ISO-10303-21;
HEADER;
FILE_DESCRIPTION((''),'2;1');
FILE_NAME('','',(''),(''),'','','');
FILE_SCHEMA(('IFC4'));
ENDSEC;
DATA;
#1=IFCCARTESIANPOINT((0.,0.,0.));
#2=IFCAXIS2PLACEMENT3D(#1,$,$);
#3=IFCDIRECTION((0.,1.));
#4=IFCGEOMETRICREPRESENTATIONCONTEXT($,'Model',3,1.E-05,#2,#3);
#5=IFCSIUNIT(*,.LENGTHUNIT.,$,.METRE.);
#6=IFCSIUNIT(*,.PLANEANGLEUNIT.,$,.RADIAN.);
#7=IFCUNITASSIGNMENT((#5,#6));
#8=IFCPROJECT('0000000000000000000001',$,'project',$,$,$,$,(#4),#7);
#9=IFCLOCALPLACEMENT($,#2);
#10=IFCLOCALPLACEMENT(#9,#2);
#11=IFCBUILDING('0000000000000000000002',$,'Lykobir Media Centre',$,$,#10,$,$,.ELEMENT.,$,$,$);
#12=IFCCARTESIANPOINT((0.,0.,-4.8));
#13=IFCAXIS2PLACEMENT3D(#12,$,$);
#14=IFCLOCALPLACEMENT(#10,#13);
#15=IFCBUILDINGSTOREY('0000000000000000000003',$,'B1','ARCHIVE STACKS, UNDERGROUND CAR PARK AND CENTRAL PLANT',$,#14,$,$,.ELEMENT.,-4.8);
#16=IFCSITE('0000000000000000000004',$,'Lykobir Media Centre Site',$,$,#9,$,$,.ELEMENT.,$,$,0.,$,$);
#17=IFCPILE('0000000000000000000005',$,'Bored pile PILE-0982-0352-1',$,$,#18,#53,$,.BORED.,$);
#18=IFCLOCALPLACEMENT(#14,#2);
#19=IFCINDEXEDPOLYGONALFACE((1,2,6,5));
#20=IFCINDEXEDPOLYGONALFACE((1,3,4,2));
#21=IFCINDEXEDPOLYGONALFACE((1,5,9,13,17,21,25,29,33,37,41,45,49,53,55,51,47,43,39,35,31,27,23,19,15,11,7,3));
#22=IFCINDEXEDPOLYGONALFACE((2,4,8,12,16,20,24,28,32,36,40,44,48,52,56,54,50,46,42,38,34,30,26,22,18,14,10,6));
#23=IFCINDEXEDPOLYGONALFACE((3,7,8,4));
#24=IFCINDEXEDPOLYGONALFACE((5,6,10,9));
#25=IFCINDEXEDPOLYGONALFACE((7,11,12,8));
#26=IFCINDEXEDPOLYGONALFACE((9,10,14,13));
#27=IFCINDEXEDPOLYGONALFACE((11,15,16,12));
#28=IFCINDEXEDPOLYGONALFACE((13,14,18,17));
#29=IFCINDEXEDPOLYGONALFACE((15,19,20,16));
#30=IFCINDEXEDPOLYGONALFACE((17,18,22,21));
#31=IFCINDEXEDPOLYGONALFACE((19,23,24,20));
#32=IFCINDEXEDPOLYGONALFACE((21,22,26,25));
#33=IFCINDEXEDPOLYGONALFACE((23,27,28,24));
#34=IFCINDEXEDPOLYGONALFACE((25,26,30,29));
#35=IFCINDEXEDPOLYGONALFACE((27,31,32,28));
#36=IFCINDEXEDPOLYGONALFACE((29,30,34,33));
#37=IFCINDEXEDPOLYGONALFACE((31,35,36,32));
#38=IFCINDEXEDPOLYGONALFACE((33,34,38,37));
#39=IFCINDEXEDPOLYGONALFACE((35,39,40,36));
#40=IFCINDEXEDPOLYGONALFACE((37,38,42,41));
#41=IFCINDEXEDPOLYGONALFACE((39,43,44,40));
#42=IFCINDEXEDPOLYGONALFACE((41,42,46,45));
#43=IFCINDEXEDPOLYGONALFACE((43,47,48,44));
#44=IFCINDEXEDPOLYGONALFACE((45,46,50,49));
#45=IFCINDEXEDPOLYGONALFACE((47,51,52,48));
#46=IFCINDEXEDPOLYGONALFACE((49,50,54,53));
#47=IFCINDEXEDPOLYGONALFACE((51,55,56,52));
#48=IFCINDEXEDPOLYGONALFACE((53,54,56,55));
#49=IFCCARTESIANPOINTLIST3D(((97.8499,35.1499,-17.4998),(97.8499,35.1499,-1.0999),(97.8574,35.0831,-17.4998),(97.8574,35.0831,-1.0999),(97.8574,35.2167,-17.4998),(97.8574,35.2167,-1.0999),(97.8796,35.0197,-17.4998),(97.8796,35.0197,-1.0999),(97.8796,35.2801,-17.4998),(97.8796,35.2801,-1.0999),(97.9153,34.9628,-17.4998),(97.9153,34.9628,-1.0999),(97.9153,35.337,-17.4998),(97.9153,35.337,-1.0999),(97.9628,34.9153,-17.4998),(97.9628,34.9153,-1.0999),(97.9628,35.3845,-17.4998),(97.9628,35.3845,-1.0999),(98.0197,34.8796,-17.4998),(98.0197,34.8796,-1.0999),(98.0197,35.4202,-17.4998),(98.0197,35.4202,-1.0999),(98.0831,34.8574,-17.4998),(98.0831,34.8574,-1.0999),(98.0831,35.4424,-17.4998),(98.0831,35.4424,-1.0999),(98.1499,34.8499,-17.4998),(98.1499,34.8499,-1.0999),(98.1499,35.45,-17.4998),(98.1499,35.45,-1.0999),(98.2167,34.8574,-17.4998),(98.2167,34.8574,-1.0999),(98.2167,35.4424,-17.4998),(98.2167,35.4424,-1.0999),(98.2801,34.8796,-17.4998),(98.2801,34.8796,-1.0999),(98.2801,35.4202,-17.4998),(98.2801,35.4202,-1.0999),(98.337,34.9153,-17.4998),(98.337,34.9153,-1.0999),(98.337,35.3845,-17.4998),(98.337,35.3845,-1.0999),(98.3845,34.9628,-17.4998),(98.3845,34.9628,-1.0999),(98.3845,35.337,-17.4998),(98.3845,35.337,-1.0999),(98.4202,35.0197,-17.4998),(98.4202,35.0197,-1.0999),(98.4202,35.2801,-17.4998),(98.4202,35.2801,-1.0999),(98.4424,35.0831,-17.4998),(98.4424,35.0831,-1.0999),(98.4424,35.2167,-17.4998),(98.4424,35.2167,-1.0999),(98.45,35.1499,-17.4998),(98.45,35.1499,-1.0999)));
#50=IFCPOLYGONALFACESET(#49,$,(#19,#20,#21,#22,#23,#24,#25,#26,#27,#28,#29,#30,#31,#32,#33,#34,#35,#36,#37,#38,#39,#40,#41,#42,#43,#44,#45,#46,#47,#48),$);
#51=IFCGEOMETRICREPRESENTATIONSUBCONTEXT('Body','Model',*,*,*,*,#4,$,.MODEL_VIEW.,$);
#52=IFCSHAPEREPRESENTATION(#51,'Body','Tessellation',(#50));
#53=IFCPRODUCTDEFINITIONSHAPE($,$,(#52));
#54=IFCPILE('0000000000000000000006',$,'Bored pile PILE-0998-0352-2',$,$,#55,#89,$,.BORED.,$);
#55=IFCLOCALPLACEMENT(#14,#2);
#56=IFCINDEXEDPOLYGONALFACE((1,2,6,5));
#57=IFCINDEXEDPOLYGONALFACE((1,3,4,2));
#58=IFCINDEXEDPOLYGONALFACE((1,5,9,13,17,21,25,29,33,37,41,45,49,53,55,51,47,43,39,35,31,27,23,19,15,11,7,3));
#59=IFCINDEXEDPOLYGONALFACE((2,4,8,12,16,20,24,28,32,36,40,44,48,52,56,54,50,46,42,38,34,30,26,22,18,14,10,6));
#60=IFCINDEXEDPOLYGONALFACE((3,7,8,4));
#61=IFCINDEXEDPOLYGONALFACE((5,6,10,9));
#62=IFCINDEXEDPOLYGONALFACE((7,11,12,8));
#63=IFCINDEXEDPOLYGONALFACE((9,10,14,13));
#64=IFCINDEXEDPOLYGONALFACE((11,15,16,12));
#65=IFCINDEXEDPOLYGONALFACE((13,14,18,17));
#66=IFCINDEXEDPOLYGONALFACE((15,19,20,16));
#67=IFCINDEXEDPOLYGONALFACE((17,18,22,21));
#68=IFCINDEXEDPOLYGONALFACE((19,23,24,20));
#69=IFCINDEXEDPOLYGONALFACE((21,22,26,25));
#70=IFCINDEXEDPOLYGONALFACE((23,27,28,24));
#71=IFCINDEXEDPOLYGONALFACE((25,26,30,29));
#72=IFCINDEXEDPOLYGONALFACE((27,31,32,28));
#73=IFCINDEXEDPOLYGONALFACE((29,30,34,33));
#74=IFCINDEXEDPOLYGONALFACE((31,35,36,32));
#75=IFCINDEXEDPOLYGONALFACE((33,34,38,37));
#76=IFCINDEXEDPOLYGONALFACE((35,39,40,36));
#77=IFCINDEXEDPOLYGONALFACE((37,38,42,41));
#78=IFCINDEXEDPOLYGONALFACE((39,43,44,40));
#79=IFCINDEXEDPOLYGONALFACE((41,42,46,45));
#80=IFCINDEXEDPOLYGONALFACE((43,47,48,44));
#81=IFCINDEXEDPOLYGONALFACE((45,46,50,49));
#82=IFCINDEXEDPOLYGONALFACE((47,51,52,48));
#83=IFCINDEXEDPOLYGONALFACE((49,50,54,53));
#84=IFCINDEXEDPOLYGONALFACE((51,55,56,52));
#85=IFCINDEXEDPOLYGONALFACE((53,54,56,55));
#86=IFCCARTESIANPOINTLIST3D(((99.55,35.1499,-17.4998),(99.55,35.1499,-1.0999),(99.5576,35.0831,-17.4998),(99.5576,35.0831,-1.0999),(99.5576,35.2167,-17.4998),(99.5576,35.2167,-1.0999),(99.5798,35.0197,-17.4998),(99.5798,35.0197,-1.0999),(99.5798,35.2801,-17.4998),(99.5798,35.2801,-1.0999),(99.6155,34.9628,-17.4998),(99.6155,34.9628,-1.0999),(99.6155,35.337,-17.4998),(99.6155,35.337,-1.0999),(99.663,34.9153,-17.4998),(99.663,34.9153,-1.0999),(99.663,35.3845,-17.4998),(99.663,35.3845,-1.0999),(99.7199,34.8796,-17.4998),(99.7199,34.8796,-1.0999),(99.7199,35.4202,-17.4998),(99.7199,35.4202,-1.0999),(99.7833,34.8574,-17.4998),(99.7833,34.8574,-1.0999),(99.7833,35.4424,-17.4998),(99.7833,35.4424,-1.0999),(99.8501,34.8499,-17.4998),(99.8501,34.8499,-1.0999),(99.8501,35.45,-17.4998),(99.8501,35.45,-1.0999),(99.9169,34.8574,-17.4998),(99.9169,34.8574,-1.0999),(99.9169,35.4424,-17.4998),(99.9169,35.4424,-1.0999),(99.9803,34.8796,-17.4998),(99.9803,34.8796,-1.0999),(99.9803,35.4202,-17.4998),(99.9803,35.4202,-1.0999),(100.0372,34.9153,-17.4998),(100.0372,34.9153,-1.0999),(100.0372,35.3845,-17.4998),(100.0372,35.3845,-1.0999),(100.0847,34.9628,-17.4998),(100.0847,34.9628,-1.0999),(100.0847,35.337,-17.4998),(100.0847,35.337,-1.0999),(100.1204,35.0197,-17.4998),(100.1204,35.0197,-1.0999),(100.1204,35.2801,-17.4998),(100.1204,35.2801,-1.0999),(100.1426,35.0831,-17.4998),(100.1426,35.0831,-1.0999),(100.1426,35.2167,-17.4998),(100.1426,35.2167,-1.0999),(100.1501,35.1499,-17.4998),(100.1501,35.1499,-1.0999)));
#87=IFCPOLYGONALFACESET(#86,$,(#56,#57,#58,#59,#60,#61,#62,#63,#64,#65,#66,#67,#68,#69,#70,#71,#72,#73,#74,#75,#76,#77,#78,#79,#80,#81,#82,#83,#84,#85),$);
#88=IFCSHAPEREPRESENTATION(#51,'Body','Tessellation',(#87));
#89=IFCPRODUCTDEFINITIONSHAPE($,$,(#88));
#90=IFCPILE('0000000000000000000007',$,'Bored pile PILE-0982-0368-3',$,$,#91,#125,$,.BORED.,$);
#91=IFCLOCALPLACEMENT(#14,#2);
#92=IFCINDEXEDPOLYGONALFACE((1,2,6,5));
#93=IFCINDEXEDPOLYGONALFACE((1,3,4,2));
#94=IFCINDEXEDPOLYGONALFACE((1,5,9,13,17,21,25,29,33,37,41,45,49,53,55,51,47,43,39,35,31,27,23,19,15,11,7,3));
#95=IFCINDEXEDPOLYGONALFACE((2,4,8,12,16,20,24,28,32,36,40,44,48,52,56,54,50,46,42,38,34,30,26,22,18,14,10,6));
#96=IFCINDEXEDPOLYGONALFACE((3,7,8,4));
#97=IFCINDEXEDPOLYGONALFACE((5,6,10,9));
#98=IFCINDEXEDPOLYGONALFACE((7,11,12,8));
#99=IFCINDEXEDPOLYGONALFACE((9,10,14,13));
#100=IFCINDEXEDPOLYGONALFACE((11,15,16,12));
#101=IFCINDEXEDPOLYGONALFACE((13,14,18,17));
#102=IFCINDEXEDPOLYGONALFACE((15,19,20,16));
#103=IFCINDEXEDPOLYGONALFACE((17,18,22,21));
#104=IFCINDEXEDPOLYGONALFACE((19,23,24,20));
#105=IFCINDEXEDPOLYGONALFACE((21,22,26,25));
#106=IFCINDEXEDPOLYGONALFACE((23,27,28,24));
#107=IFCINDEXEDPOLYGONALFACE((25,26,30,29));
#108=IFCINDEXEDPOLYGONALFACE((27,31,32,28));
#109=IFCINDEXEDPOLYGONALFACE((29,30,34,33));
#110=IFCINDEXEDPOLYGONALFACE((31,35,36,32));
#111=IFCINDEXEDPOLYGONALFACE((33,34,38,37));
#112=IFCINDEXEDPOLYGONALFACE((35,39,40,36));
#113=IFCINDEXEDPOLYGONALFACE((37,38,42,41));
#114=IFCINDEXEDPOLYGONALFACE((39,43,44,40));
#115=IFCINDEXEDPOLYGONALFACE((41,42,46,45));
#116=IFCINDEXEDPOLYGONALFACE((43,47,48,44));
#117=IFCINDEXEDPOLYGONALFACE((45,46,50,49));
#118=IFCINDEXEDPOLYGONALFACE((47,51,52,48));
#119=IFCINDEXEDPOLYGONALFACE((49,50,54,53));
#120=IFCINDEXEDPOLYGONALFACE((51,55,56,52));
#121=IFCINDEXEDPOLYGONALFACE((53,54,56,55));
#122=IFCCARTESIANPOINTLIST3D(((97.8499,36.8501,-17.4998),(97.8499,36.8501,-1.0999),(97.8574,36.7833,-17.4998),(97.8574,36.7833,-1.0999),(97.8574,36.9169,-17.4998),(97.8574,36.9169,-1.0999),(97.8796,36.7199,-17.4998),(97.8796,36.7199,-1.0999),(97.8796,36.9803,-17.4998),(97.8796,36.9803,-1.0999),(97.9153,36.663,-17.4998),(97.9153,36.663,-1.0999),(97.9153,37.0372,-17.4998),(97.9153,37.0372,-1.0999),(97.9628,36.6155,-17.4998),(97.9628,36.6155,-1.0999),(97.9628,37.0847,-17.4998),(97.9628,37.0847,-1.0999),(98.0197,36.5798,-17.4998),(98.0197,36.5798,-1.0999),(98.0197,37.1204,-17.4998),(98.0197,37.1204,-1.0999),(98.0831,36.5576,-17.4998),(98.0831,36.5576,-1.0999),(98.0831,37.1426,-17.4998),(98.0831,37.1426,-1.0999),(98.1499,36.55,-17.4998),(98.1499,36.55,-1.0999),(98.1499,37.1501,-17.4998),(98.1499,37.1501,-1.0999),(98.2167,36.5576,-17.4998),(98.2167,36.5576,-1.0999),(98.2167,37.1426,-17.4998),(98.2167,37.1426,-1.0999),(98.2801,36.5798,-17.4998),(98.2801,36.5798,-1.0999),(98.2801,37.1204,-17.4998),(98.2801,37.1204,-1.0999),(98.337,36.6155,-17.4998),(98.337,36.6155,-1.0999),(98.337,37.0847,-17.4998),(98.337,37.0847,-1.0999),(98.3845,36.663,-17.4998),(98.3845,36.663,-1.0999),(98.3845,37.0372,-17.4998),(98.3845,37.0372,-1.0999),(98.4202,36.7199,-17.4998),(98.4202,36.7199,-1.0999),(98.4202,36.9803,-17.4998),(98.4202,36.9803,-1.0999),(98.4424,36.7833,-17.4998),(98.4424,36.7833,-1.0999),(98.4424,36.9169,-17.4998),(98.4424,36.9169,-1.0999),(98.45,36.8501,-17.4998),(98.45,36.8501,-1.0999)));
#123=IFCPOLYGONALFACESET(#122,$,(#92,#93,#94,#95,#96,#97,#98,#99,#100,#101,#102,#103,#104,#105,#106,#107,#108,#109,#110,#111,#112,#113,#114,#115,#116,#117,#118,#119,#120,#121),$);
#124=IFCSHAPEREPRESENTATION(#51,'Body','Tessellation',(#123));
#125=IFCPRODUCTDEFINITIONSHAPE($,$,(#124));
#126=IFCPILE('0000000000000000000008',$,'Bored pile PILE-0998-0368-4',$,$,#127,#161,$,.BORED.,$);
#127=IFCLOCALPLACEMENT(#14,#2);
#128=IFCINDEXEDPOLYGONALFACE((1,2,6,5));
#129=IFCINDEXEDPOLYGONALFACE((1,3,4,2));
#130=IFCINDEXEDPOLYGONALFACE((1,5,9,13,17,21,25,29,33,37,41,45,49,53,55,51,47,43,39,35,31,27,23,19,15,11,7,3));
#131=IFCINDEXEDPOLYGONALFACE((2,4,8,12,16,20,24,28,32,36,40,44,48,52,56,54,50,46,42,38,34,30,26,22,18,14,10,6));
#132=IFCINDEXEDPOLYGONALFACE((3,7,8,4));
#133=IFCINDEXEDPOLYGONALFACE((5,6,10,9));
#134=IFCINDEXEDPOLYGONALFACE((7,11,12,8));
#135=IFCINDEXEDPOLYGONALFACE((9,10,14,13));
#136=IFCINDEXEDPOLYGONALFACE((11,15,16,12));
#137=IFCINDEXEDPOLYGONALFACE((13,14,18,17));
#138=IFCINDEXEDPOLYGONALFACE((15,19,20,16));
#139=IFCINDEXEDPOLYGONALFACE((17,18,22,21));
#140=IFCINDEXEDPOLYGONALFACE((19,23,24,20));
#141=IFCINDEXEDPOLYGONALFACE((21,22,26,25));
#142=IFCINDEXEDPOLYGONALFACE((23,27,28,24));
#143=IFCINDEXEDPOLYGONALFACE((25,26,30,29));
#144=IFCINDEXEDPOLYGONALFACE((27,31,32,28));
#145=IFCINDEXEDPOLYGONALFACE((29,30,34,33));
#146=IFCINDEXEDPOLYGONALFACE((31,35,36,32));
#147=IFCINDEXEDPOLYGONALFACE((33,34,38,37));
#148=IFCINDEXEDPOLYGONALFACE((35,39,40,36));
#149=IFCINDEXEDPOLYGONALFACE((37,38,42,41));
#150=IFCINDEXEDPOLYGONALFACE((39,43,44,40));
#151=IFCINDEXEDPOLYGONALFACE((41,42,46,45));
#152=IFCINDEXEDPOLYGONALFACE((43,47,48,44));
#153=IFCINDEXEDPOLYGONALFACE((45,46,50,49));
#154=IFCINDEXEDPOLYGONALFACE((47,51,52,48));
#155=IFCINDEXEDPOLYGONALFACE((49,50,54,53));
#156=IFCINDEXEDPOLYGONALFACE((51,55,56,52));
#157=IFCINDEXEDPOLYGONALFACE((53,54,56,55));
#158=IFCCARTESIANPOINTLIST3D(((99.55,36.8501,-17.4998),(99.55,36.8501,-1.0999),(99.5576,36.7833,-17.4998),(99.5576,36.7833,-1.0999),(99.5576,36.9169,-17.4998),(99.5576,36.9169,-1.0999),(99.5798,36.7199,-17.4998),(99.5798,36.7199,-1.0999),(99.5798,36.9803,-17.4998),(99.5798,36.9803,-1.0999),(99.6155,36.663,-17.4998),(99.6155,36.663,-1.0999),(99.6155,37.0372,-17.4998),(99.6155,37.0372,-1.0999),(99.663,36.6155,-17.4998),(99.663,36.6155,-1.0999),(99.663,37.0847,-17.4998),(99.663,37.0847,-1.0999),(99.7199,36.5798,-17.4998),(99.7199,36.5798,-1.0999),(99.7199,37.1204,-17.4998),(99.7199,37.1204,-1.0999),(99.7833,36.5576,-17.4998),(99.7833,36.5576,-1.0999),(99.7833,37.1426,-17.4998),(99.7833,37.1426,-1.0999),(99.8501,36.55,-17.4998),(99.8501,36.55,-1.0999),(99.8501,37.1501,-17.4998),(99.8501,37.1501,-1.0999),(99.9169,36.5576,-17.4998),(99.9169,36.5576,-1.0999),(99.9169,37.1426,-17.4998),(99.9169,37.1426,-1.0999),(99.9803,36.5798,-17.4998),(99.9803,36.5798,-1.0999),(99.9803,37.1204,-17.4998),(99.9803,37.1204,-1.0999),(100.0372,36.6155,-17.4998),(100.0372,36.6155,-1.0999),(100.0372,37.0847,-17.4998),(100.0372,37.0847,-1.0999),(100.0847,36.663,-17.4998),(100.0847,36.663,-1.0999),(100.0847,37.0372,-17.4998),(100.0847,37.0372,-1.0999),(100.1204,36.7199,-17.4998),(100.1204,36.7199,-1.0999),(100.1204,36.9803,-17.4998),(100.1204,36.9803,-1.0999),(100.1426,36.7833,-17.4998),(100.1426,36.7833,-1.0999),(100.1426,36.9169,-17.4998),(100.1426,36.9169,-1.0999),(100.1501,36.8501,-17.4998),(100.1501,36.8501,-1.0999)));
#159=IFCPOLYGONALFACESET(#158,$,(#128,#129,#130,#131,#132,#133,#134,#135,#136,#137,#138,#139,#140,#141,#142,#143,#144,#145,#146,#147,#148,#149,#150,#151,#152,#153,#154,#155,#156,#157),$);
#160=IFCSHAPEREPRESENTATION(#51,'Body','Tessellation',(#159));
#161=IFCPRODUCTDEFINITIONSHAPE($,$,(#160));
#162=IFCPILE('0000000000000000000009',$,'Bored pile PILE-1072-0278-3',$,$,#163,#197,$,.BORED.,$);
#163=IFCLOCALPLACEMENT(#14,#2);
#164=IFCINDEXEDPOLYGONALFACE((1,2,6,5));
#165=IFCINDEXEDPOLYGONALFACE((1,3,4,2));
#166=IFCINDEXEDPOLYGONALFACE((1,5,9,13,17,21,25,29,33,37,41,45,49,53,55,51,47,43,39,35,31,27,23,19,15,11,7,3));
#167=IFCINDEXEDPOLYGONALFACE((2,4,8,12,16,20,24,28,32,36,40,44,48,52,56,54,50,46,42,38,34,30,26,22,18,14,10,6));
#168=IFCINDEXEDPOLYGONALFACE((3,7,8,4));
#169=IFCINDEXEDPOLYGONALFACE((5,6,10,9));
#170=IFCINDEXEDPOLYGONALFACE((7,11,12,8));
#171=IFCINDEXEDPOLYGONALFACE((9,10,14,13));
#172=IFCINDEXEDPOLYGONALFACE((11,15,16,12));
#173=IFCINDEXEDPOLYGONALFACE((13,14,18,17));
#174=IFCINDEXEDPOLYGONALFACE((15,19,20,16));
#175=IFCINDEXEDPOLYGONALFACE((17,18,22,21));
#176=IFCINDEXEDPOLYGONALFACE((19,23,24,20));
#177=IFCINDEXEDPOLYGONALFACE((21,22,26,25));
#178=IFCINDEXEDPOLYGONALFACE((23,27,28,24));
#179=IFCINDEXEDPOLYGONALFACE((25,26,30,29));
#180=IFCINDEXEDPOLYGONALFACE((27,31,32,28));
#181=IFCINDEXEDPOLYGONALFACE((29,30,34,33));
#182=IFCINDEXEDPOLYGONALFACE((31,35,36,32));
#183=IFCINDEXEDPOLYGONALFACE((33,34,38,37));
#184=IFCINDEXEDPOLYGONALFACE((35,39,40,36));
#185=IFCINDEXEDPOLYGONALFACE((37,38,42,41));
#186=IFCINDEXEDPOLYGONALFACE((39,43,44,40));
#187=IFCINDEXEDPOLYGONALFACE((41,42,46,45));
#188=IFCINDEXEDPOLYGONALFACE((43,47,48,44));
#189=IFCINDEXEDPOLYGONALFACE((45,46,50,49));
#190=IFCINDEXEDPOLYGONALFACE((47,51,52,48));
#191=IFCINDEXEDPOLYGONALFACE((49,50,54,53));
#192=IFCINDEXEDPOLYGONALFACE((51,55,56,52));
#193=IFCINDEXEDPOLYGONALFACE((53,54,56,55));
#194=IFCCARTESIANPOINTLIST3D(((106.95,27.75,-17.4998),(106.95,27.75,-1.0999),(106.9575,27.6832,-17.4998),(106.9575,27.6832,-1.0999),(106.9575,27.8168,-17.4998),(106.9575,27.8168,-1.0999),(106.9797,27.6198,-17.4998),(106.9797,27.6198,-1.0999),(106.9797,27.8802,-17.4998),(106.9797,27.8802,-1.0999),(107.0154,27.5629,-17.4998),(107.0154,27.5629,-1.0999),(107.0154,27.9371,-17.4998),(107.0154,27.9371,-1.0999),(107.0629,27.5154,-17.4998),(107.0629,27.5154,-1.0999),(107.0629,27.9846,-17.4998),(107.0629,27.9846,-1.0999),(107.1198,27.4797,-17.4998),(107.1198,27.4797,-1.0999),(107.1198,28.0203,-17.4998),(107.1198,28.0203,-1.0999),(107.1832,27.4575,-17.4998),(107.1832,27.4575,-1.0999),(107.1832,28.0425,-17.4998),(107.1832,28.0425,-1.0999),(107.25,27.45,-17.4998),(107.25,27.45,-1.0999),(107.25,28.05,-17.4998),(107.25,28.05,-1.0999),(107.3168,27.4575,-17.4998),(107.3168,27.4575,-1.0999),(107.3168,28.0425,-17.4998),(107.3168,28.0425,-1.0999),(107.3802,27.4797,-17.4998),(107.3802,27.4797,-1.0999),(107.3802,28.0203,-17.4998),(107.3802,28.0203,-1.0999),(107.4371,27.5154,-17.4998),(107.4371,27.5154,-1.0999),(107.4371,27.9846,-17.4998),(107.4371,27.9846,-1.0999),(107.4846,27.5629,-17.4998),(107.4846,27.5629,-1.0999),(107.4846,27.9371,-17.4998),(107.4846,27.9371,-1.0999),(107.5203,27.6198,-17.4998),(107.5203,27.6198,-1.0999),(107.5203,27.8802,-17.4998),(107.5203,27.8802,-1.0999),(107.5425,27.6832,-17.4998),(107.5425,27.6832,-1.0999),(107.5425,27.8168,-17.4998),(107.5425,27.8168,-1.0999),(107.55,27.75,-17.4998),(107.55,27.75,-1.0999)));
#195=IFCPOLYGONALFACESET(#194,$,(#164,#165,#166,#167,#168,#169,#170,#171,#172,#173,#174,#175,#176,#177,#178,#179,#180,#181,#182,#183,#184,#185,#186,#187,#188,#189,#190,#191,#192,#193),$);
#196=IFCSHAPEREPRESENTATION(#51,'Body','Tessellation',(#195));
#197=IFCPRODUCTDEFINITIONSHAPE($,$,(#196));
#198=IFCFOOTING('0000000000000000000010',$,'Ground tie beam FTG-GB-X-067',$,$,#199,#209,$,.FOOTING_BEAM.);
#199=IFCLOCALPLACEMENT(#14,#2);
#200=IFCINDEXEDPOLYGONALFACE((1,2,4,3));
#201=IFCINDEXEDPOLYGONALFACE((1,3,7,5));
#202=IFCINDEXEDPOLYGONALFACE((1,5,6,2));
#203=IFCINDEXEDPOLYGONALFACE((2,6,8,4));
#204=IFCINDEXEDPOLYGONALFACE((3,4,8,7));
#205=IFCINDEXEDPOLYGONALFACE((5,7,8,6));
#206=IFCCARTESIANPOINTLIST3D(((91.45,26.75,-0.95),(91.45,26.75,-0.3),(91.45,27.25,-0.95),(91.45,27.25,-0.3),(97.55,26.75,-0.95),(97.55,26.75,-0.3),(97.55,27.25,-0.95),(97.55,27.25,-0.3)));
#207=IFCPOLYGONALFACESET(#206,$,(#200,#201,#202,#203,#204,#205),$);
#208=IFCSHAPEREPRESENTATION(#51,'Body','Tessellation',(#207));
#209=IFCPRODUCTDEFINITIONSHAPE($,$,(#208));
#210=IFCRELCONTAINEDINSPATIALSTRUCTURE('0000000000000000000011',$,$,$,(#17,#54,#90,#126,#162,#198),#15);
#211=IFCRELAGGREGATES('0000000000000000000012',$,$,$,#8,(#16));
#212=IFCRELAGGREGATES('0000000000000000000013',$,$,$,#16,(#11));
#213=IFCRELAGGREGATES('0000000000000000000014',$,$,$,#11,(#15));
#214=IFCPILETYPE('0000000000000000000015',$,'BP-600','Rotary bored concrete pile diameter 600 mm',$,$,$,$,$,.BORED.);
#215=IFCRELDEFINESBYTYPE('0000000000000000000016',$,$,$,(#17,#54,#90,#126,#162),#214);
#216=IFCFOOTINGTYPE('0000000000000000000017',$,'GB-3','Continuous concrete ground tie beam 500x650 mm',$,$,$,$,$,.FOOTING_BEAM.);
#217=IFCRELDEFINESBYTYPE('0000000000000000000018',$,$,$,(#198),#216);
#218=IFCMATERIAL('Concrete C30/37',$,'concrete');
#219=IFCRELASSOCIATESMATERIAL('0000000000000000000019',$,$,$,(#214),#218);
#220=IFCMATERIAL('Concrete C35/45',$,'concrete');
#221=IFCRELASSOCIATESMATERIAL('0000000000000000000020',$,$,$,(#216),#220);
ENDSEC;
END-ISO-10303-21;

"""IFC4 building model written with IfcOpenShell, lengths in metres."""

from ifc_helpers import new_model, si_unit, direction, frame, origin, origin_2d, place, context, subcontext, project, spatial, rectangle, circle, extrude, material, material_profile, profile_set, type_object, element, save


model = new_model("IFC4")

# Units and contexts
model_context = context("Model", 3, precision=1e-05, world=origin(), true_north=direction((0.0, 1.0)))
body_context = subcontext(model_context, "Body", "Model", "MODEL_VIEW")
ifc_project = project(units=[si_unit("LENGTHUNIT", "METRE"), si_unit("PLANEANGLEUNIT", "RADIAN")], contexts=[model_context])

# Site, building, storey
site_placement = place(None, origin())
site = spatial("IfcSite", under=ifc_project, at=site_placement, Name="Lykobir Media Centre Site", CompositionType="ELEMENT", RefElevation=0.0)
building_placement = place(site_placement, origin())
building = spatial("IfcBuilding", under=site, at=building_placement, Name="Lykobir Media Centre", CompositionType="ELEMENT")
storey_placement = place(building_placement, frame((0.0, 0.0, -4.8)))
storey = spatial("IfcBuildingStorey", under=building, at=storey_placement, Name="B1", Description="ARCHIVE STACKS, UNDERGROUND CAR PARK AND CENTRAL PLANT", CompositionType="ELEMENT", Elevation=-4.8)

# Piles
ifc_material_1 = material(Name="Concrete C30/37", Category="concrete")
ifc_material_profile_1 = material_profile(ifc_material_1, circle(Radius=0.3, at=origin_2d()), Name="BORED PILE D600")
ifc_profile_set_1 = profile_set([ifc_material_profile_1], Name="Concrete C30/37")
pile_type = type_object("IfcPileType", Name="BP-600", Description="Rotary bored concrete pile diameter 600 mm", PredefinedType="BORED", material=ifc_profile_set_1)
for number, where, z_axis, x_axis, name in (
    (1, (98.1499, 35.1499, -1.0999), (0.0, 0.0, -1.0), (1.0, 0.0, 0.0), "Bored pile PILE-0982-0352-1"),
    (2, (99.8501, 35.1499, -1.0999), (0.0, 0.0, -1.0), (1.0, 0.0, 0.0), "Bored pile PILE-0998-0352-2"),
    (3, (98.1499, 36.8501, -1.0999), (0.0, 0.0, -1.0), (1.0, 0.0, 0.0), "Bored pile PILE-0982-0368-3"),
    (4, (99.8501, 36.8501, -1.0999), (0.0, 0.0, -1.0), (1.0, 0.0, 0.0), "Bored pile PILE-0998-0368-4"),
    (5, (107.25, 27.75, -1.0999), (0.0, 0.0, -1.0), (1.0, 0.0, 0.0), "Bored pile PILE-1072-0278-3"),
):
    element("IfcPile", number, at=place(storey_placement, frame(where, z_axis=z_axis, x_axis=x_axis)), inside=storey, type_object=pile_type, Name=name, PredefinedType="BORED", context=body_context, shape_type="SweptSolid", body=[
        extrude(circle(Radius=0.3, at=origin_2d()), origin(), (0.0, 0.0, 1.0), 16.3999),
    ])

# Footing
ifc_material_2 = material(Name="Concrete C35/45", Category="concrete")
footing_type_1 = type_object("IfcFootingType", Name="GB-3", Description="Continuous concrete ground tie beam 500x650 mm", PredefinedType="FOOTING_BEAM", material=ifc_material_2)
footing_1_placement = place(storey_placement, frame((94.5, 27.0, -0.95), z_axis=(0.0, 0.0, 1.0), x_axis=(1.0, 0.0, 0.0)))
element("IfcFooting", 6, at=footing_1_placement, inside=storey, type_object=footing_type_1, Name="Ground tie beam FTG-GB-X-067", PredefinedType="FOOTING_BEAM", context=body_context, shape_type="SweptSolid", body=[
    extrude(rectangle(XDim=6.1001, YDim=0.5, at=origin_2d()), origin(), (0.0, 0.0, 1.0), 0.6499),
])

save(model, "model.ifc")
